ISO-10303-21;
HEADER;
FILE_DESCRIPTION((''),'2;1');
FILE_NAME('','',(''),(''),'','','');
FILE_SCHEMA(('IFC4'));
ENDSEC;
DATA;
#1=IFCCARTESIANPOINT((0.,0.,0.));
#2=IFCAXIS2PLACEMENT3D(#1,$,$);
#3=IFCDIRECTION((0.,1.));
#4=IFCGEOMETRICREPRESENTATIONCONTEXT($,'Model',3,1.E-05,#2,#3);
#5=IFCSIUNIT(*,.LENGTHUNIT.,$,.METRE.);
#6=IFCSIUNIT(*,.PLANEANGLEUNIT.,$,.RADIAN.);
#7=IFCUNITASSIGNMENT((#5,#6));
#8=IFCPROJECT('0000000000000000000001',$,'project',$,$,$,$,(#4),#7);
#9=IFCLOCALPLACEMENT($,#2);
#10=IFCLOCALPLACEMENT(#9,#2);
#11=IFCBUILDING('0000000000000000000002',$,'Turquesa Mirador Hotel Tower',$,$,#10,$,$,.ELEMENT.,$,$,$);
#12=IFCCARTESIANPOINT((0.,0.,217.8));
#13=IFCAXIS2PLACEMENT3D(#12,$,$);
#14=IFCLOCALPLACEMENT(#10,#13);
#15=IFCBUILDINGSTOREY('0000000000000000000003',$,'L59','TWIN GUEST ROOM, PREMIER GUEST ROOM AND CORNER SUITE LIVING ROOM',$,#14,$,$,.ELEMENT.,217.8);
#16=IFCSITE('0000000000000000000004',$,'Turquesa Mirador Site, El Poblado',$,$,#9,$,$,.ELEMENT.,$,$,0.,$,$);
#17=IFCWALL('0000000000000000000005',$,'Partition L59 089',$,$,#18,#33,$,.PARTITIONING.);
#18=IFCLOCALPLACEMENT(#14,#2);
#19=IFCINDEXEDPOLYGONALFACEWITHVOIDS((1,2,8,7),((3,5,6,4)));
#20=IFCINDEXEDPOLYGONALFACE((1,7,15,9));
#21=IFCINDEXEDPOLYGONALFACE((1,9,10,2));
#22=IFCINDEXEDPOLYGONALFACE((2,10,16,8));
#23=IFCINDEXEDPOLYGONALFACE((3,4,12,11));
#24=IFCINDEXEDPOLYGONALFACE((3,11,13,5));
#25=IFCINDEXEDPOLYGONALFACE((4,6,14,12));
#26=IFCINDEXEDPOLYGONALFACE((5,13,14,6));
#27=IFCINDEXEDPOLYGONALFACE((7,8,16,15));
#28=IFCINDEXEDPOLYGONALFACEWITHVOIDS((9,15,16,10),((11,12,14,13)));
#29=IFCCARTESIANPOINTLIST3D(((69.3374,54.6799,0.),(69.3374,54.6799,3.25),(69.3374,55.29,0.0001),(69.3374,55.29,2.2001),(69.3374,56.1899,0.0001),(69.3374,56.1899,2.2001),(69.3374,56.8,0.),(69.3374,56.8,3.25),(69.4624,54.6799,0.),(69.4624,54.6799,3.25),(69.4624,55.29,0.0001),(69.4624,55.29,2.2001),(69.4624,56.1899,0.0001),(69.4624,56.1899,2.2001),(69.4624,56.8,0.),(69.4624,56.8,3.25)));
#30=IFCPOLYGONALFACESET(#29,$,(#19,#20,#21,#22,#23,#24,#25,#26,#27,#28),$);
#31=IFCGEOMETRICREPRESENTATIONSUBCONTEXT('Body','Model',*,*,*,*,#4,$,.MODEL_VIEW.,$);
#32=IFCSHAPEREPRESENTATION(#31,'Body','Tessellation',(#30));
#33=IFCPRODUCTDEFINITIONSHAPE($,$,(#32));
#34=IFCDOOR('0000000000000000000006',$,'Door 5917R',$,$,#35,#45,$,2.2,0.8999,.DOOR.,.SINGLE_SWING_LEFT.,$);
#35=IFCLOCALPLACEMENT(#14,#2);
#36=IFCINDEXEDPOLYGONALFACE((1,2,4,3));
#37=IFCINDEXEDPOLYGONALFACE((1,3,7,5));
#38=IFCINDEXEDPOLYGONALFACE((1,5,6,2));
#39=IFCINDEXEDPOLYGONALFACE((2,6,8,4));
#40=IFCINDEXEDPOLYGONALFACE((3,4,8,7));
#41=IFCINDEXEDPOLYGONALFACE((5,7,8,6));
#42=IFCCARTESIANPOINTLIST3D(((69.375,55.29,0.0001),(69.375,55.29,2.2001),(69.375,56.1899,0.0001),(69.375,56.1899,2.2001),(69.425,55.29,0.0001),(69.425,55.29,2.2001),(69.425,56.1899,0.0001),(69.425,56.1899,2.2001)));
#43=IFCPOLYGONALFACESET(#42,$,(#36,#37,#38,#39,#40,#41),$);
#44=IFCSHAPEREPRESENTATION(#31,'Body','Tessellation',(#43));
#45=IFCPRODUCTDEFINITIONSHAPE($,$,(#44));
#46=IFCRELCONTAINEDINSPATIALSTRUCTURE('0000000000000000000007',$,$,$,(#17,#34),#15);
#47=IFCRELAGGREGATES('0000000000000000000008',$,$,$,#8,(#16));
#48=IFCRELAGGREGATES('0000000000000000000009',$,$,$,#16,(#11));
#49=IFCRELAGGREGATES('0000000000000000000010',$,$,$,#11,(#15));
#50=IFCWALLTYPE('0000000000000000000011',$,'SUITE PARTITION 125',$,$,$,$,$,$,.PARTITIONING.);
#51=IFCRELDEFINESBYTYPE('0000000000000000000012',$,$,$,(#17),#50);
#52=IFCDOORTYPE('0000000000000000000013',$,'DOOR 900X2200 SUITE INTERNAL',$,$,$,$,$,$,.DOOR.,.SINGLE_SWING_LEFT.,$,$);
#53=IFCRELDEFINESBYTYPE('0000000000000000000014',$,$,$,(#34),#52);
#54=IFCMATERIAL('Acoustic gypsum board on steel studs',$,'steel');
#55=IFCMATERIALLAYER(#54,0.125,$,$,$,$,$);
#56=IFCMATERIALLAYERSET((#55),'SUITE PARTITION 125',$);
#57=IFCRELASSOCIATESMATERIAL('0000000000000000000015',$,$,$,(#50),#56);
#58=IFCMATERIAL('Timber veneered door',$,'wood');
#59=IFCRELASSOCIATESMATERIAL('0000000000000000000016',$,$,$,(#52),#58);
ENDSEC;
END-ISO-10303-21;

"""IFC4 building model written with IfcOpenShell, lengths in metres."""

from ifc_helpers import new_model, si_unit, direction, frame, frame_2d, origin, place, context, subcontext, project, spatial, rectangle, extrude, material, layer, layer_set, type_object, element, fill, save


model = new_model("IFC4")

# Units and contexts
model_context = context("Model", 3, precision=1e-05, world=origin(), true_north=direction((0.0, 1.0)))
body_context = subcontext(model_context, "Body", "Model", "MODEL_VIEW")
ifc_project = project(units=[si_unit("LENGTHUNIT", "METRE"), si_unit("PLANEANGLEUNIT", "RADIAN")], contexts=[model_context])

# Site, building, storey
site_placement = place(None, origin())
site = spatial("IfcSite", under=ifc_project, at=site_placement, Name="Turquesa Mirador Site, El Poblado", CompositionType="ELEMENT", RefElevation=0.0)
building_placement = place(site_placement, origin())
building = spatial("IfcBuilding", under=site, at=building_placement, Name="Turquesa Mirador Hotel Tower", CompositionType="ELEMENT")
storey_placement = place(building_placement, frame((0.0, 0.0, 217.8)))
storey = spatial("IfcBuildingStorey", under=building, at=storey_placement, Name="L59", Description="TWIN GUEST ROOM, PREMIER GUEST ROOM AND CORNER SUITE LIVING ROOM", CompositionType="ELEMENT", Elevation=217.8)

# Wall, opening, door
ifc_material_1 = material(Name="Acoustic gypsum board on steel studs", Category="steel")
ifc_layer_1 = layer(ifc_material_1, 0.125)
ifc_layer_set_1 = layer_set([ifc_layer_1], Name="SUITE PARTITION 125")
wall_type_1 = type_object("IfcWallType", Name="SUITE PARTITION 125", PredefinedType="PARTITIONING", material=ifc_layer_set_1)
wall_1_placement = place(storey_placement, frame((69.3999, 54.6799, 0.0), z_axis=(0.0, 0.0, 1.0), x_axis=(0.0, 1.0, 0.0)))
wall_1 = element("IfcWall", 1, at=wall_1_placement, inside=storey, type_object=wall_type_1, Name="Partition L59 089", PredefinedType="PARTITIONING", context=body_context, shape_type="SweptSolid", body=[
    extrude(rectangle(XDim=2.1201, YDim=0.125, at=frame_2d((1.0601, 0.0))), origin(), (0.0, 0.0, 1.0), 3.25),
])
opening_1_placement = place(wall_1_placement, frame((0.6101, 0.0, 0.0)))
opening_1 = element("IfcOpeningElement", 2, at=opening_1_placement, cuts=wall_1, PredefinedType="OPENING", context=body_context, shape_type="SweptSolid", body=[
    extrude(rectangle(XDim=0.8999, YDim=2.2, at=frame_2d((0.45, 1.1001))), frame((0.0, 0.0725, 0.0), z_axis=(0.0, -1.0, 0.0), x_axis=(1.0, 0.0, 0.0)), (0.0, 0.0, 1.0), 0.145),
])
ifc_material_2 = material(Name="Timber veneered door", Category="wood")
door_type_1 = type_object("IfcDoorType", Name="DOOR 900X2200 SUITE INTERNAL", OperationType="SINGLE_SWING_LEFT", PredefinedType="DOOR", material=ifc_material_2)
door_1_placement = place(opening_1_placement, origin())
door_1 = element("IfcDoor", 3, at=door_1_placement, inside=storey, type_object=door_type_1, Name="Door 5917R", OperationType="SINGLE_SWING_LEFT", OverallHeight=2.2, OverallWidth=0.8999, PredefinedType="DOOR", context=body_context, shape_type="SweptSolid", body=[
    extrude(rectangle(XDim=0.8999, YDim=2.2, at=frame_2d((0.45, 1.1001))), frame((0.0, 0.0249, 0.0), z_axis=(0.0, -1.0, 0.0), x_axis=(1.0, 0.0, 0.0)), (0.0, 0.0, 1.0), 0.05),
])
fill(opening_1, door_1)

save(model, "model.ifc")
